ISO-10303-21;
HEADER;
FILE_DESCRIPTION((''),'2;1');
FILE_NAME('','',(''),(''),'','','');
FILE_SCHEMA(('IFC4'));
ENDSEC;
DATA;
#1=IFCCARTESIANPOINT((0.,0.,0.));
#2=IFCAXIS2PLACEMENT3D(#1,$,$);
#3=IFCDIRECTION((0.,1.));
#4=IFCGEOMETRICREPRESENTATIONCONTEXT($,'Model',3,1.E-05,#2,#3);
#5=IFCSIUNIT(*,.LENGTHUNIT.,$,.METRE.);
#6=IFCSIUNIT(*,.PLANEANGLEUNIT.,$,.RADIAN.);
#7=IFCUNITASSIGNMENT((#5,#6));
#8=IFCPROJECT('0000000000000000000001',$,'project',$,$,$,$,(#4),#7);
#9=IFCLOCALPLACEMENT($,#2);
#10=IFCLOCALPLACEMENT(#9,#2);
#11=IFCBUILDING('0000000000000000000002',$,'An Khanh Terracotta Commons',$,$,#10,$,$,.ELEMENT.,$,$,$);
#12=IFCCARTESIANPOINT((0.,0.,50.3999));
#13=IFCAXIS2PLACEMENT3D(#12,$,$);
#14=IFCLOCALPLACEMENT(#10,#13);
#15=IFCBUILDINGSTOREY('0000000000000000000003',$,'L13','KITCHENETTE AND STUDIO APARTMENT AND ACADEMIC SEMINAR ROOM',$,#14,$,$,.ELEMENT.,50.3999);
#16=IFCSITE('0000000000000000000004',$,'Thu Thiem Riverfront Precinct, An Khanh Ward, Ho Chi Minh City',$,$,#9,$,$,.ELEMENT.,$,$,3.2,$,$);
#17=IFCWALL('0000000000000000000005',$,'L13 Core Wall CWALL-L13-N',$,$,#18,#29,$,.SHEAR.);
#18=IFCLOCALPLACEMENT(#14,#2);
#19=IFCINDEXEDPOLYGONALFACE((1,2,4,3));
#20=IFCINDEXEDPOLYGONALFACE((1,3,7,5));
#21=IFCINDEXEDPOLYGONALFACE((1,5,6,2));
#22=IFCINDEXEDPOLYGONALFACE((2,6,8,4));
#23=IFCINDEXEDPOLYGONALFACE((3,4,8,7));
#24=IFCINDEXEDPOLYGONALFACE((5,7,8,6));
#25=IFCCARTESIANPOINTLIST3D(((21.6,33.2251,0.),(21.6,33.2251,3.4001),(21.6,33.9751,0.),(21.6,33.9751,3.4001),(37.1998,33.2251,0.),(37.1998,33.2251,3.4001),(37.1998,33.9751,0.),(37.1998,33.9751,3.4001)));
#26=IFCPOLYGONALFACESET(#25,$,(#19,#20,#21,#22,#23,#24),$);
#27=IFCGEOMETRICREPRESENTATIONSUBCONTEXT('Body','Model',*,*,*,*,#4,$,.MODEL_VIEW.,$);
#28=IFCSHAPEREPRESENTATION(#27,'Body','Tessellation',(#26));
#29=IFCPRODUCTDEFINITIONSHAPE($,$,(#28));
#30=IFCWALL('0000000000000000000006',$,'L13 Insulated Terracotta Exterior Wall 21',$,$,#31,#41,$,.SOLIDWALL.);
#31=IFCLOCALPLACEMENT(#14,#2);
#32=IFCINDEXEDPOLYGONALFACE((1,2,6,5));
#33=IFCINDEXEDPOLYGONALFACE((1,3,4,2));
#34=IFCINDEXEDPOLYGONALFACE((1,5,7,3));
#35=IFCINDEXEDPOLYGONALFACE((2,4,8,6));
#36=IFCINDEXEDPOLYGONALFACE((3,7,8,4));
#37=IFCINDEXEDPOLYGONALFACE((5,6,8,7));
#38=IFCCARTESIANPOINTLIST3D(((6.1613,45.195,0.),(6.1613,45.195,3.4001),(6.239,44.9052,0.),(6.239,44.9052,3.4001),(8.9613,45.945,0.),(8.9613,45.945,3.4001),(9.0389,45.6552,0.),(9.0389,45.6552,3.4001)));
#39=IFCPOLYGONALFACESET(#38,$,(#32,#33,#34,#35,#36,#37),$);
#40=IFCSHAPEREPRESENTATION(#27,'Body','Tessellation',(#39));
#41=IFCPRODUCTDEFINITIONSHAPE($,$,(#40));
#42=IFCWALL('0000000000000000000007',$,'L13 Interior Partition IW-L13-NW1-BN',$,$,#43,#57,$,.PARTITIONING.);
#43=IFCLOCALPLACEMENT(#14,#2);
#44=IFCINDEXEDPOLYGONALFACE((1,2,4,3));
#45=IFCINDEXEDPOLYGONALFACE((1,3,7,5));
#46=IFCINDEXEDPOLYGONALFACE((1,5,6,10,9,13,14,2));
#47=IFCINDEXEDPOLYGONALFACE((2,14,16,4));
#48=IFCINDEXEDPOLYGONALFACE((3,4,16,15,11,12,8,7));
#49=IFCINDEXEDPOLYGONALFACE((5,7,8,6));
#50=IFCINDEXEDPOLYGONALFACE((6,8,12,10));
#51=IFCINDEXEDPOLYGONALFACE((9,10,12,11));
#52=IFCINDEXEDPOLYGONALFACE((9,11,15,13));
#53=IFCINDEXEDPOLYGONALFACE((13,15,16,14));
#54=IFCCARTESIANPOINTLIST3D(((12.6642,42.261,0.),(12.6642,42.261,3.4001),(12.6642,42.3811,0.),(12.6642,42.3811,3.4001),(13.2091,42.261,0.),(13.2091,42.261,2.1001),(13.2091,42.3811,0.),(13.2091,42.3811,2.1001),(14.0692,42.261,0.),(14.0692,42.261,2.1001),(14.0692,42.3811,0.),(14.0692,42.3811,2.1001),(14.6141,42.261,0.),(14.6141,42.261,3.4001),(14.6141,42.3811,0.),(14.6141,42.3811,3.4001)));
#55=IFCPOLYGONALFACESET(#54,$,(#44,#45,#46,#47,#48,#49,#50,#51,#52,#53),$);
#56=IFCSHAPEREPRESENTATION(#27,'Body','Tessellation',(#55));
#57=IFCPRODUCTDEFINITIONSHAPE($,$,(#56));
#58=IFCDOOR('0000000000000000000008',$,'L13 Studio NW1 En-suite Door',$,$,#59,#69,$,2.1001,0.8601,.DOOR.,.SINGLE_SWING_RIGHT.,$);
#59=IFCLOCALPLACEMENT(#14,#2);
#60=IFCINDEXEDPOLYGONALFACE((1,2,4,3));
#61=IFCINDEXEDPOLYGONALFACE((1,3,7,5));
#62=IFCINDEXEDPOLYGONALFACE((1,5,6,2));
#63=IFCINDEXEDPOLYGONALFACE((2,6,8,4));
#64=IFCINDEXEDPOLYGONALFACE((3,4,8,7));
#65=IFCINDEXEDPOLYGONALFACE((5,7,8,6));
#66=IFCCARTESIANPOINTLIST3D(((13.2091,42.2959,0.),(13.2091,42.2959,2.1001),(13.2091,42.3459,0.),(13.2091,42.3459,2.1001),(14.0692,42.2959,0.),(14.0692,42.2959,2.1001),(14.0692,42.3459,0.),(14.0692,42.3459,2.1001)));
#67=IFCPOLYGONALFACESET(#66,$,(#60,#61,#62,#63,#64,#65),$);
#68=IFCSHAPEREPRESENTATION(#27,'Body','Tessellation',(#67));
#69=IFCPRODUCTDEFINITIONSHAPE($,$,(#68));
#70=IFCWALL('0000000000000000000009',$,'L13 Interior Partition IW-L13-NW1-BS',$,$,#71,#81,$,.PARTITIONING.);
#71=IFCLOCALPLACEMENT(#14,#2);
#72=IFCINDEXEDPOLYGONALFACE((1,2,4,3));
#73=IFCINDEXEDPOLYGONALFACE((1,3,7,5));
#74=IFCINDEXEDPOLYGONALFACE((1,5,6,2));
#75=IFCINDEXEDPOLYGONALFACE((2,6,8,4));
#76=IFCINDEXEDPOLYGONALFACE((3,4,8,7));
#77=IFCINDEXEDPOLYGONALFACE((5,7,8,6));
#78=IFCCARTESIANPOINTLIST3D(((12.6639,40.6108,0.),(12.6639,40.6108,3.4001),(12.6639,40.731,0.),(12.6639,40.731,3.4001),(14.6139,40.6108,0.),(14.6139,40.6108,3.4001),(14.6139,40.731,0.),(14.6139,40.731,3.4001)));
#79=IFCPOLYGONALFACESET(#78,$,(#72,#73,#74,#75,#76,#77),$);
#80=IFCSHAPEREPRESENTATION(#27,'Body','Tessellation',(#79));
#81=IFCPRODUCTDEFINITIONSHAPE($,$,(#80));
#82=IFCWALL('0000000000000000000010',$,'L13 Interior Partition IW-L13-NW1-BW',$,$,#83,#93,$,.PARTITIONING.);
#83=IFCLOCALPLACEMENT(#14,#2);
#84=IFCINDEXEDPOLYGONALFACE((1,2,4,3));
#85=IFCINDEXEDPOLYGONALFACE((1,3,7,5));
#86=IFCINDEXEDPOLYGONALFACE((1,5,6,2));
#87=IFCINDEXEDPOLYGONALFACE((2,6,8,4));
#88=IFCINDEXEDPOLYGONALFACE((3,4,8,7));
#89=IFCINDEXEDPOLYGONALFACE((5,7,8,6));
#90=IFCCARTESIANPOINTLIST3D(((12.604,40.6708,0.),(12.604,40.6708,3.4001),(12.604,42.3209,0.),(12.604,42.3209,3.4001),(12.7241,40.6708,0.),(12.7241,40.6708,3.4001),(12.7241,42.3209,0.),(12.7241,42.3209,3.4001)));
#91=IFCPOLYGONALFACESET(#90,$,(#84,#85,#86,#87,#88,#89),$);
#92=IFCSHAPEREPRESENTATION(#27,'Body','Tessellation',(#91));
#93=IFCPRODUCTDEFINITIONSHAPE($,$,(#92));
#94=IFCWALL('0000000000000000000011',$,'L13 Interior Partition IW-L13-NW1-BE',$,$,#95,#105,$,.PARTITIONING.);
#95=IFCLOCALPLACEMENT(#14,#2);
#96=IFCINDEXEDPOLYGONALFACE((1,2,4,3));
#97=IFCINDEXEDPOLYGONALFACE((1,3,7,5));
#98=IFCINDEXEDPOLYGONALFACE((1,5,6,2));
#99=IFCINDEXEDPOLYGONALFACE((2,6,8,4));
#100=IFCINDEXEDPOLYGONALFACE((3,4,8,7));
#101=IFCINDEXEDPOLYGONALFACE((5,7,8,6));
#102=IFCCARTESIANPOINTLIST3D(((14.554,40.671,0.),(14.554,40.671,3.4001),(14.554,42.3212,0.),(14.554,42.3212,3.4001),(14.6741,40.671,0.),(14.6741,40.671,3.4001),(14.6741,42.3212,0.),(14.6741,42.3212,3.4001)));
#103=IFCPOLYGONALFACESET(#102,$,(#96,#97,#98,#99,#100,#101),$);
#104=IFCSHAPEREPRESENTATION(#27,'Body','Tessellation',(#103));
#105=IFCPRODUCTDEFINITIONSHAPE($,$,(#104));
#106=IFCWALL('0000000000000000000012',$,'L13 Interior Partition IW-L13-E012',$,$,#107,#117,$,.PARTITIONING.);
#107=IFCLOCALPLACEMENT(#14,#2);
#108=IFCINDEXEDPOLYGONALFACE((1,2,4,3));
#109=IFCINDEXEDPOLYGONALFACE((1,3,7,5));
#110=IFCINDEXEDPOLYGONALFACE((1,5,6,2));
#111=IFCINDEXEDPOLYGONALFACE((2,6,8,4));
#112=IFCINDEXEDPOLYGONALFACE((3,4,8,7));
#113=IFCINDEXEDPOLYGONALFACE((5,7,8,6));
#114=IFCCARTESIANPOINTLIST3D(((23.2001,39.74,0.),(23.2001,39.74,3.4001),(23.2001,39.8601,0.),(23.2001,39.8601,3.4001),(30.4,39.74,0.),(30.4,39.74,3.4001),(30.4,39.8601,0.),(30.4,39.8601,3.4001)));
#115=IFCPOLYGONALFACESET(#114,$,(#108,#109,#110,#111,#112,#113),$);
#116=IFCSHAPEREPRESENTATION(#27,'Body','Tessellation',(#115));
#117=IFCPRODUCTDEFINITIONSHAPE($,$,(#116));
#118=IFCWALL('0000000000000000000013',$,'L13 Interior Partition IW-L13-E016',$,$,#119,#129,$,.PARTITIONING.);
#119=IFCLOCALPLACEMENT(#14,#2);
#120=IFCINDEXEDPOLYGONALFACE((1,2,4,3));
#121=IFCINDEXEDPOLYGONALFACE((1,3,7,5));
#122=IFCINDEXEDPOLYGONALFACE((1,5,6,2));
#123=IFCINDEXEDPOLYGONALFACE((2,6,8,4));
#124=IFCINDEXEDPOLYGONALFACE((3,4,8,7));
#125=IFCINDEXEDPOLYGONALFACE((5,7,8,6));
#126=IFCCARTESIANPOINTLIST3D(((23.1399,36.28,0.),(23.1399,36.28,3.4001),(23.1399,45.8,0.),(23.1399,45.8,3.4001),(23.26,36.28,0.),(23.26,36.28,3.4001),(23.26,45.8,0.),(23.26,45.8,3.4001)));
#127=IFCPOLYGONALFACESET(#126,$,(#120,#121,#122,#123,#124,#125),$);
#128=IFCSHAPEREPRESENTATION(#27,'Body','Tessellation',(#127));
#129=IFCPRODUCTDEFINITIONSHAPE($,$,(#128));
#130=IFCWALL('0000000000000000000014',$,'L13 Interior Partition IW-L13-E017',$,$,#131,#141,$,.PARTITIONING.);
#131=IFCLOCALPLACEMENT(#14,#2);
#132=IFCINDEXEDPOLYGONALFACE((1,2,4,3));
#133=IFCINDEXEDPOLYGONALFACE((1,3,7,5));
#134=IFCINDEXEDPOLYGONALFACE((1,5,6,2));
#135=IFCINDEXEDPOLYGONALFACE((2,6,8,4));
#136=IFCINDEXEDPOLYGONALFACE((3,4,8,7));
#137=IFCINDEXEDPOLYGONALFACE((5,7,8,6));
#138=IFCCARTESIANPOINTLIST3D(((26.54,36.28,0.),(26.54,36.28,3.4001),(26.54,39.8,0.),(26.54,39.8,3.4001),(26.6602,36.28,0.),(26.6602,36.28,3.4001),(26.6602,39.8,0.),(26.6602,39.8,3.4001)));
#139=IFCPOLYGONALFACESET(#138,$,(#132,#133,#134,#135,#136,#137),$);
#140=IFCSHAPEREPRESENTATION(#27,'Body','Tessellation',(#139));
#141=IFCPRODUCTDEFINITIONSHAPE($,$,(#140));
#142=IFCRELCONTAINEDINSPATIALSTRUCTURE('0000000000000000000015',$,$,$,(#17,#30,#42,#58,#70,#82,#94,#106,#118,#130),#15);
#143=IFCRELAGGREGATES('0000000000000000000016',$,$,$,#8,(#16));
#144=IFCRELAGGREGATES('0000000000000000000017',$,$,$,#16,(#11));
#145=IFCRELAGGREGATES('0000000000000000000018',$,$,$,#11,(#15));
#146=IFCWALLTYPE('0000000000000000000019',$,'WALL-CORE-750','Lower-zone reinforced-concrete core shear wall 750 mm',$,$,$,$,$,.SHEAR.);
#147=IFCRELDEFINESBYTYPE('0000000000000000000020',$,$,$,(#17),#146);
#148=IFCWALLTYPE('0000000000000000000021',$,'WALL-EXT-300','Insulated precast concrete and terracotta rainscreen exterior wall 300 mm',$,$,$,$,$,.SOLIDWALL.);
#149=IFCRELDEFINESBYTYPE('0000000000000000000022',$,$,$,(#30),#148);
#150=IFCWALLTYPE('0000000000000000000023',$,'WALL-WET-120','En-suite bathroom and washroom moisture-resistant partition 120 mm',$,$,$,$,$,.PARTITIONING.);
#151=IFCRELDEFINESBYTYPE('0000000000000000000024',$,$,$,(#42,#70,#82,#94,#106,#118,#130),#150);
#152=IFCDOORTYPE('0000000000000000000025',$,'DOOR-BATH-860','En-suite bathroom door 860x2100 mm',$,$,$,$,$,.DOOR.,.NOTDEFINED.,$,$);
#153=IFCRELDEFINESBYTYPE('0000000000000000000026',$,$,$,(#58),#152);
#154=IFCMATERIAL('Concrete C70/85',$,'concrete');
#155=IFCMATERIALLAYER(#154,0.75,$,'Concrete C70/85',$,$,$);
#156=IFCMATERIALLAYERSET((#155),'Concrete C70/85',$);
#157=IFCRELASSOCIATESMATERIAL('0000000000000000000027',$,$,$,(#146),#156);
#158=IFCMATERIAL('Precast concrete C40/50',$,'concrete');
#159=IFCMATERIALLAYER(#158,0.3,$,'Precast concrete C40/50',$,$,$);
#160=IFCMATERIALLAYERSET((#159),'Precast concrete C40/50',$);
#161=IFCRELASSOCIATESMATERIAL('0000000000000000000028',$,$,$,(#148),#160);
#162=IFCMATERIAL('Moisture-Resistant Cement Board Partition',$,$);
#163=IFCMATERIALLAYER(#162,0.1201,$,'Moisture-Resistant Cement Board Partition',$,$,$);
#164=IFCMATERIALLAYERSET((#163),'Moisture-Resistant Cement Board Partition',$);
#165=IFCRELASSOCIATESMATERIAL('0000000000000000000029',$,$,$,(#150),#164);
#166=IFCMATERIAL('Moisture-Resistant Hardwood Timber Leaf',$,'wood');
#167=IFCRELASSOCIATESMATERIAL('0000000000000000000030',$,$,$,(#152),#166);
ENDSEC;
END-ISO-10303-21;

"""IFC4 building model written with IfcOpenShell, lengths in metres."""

from ifc_helpers import new_model, si_unit, direction, frame, frame_2d, origin, place, context, subcontext, project, spatial, rectangle, extrude, material, layer, layer_set, type_object, element, fill, save


model = new_model("IFC4")

# Units and contexts
model_context = context("Model", 3, precision=1e-05, world=origin(), true_north=direction((0.0, 1.0)))
body_context = subcontext(model_context, "Body", "Model", "MODEL_VIEW")
ifc_project = project(units=[si_unit("LENGTHUNIT", "METRE"), si_unit("PLANEANGLEUNIT", "RADIAN")], contexts=[model_context])

# Site, building, storey
site_placement = place(None, origin())
site = spatial("IfcSite", under=ifc_project, at=site_placement, Name="Thu Thiem Riverfront Precinct, An Khanh Ward, Ho Chi Minh City", CompositionType="ELEMENT", RefElevation=3.2)
building_placement = place(site_placement, origin())
building = spatial("IfcBuilding", under=site, at=building_placement, Name="An Khanh Terracotta Commons", CompositionType="ELEMENT")
storey_placement = place(building_placement, frame((0.0, 0.0, 50.3999)))
storey = spatial("IfcBuildingStorey", under=building, at=storey_placement, Name="L13", Description="KITCHENETTE AND STUDIO APARTMENT AND ACADEMIC SEMINAR ROOM", CompositionType="ELEMENT", Elevation=50.3999)

# Walls
ifc_material_1 = material(Name="Concrete C70/85", Category="concrete")
ifc_layer_1 = layer(ifc_material_1, 0.75, Name="Concrete C70/85")
ifc_layer_set_1 = layer_set([ifc_layer_1], Name="Concrete C70/85")
wall_type_1 = type_object("IfcWallType", Name="WALL-CORE-750", Description="Lower-zone reinforced-concrete core shear wall 750 mm", PredefinedType="SHEAR", material=ifc_layer_set_1)
wall_1_placement = place(storey_placement, frame((21.6001, 33.6001, 0.0), z_axis=(0.0, 0.0, 1.0), x_axis=(1.0, 0.0, 0.0)))
element("IfcWall", 1, at=wall_1_placement, inside=storey, type_object=wall_type_1, Name="L13 Core Wall CWALL-L13-N", PredefinedType="SHEAR", context=body_context, shape_type="SweptSolid", body=[
    extrude(rectangle(XDim=15.5999, YDim=0.75, at=frame_2d((7.7998, 0.0))), origin(), (0.0, 0.0, 1.0), 3.4001),
])
ifc_material_2 = material(Name="Precast concrete C40/50", Category="concrete")
ifc_layer_2 = layer(ifc_material_2, 0.3, Name="Precast concrete C40/50")
ifc_layer_set_2 = layer_set([ifc_layer_2], Name="Precast concrete C40/50")
wall_type_2 = type_object("IfcWallType", Name="WALL-EXT-300", Description="Insulated precast concrete and terracotta rainscreen exterior wall 300 mm", PredefinedType="SOLIDWALL", material=ifc_layer_set_2)
wall_2_placement = place(storey_placement, frame((9.0, 45.8, 0.0), z_axis=(0.0, 0.0, 1.0), x_axis=(-0.965949, -0.258732, 0.0)))
element("IfcWall", 2, at=wall_2_placement, inside=storey, type_object=wall_type_2, Name="L13 Insulated Terracotta Exterior Wall 21", PredefinedType="SOLIDWALL", context=body_context, shape_type="SweptSolid", body=[
    extrude(rectangle(XDim=2.8987, YDim=0.3, at=frame_2d((1.4492, 0.0))), origin(), (0.0, 0.0, 1.0), 3.4001),
])

# Wall, opening, door
ifc_material_3 = material(Name="Moisture-Resistant Cement Board Partition")
ifc_layer_3 = layer(ifc_material_3, 0.1201, Name="Moisture-Resistant Cement Board Partition")
ifc_layer_set_3 = layer_set([ifc_layer_3], Name="Moisture-Resistant Cement Board Partition")
wall_type_3 = type_object("IfcWallType", Name="WALL-WET-120", Description="En-suite bathroom and washroom moisture-resistant partition 120 mm", PredefinedType="PARTITIONING", material=ifc_layer_set_3)
wall_3_placement = place(storey_placement, frame((12.6641, 42.321, 0.0), z_axis=(0.0, 0.0, 1.0), x_axis=(1.0, 0.0, 0.0)))
wall_3 = element("IfcWall", 3, at=wall_3_placement, inside=storey, type_object=wall_type_3, Name="L13 Interior Partition IW-L13-NW1-BN", PredefinedType="PARTITIONING", context=body_context, shape_type="SweptSolid", body=[
    extrude(rectangle(XDim=1.95, YDim=0.1201, at=frame_2d((0.9751, 0.0))), origin(), (0.0, 0.0, 1.0), 3.4001),
])
opening_placement = place(wall_3_placement, frame((0.5449, 0.0, 0.0)))
opening = element("IfcOpeningElement", 4, at=opening_placement, cuts=wall_3, PredefinedType="OPENING", context=body_context, shape_type="SweptSolid", body=[
    extrude(rectangle(XDim=0.8601, YDim=2.1001, at=frame_2d((0.4302, 1.05))), frame((0.0, 0.0701, 0.0), z_axis=(0.0, -1.0, 0.0), x_axis=(1.0, 0.0, 0.0)), (0.0, 0.0, 1.0), 0.1401),
])
ifc_material_4 = material(Name="Moisture-Resistant Hardwood Timber Leaf", Category="wood")
door_type = type_object("IfcDoorType", Name="DOOR-BATH-860", Description="En-suite bathroom door 860x2100 mm", OperationType="NOTDEFINED", PredefinedType="DOOR", material=ifc_material_4)
door_placement = place(opening_placement, origin())
door = element("IfcDoor", 5, at=door_placement, inside=storey, type_object=door_type, Name="L13 Studio NW1 En-suite Door", OperationType="SINGLE_SWING_RIGHT", OverallHeight=2.1001, OverallWidth=0.8601, PredefinedType="DOOR", context=body_context, shape_type="SweptSolid", body=[
    extrude(rectangle(XDim=0.8601, YDim=2.1001, at=frame_2d((0.4302, 1.05))), frame((0.0, 0.0249, 0.0), z_axis=(0.0, -1.0, 0.0), x_axis=(1.0, 0.0, 0.0)), (0.0, 0.0, 1.0), 0.05),
])
fill(opening, door)

# Walls
wall_4_placement = place(storey_placement, frame((14.614, 40.6709, 0.0), z_axis=(0.0, 0.0, 1.0), x_axis=(-1.0, 0.0, 0.0)))
element("IfcWall", 6, at=wall_4_placement, inside=storey, type_object=wall_type_3, Name="L13 Interior Partition IW-L13-NW1-BS", PredefinedType="PARTITIONING", context=body_context, shape_type="SweptSolid", body=[
    extrude(rectangle(XDim=1.95, YDim=0.1201, at=frame_2d((0.9751, 0.0))), origin(), (0.0, 0.0, 1.0), 3.4001),
])
for number, where, z_axis, x_axis, name in (
    (7, (12.6641, 42.321, 0.0), (0.0, 0.0, 1.0), (0.0, -1.0, 0.0), "L13 Interior Partition IW-L13-NW1-BW"),
    (8, (14.614, 40.6709, 0.0), (0.0, 0.0, 1.0), (0.0, 1.0, 0.0), "L13 Interior Partition IW-L13-NW1-BE"),
):
    element("IfcWall", number, at=place(storey_placement, frame(where, z_axis=z_axis, x_axis=x_axis)), inside=storey, type_object=wall_type_3, Name=name, PredefinedType="PARTITIONING", context=body_context, shape_type="SweptSolid", body=[
        extrude(rectangle(XDim=1.6501, YDim=0.1201, at=frame_2d((0.8252, 0.0))), origin(), (0.0, 0.0, 1.0), 3.4001),
    ])
wall_5_placement = place(storey_placement, frame((23.2, 39.8, 0.0), z_axis=(0.0, 0.0, 1.0), x_axis=(1.0, 0.0, 0.0)))
element("IfcWall", 9, at=wall_5_placement, inside=storey, type_object=wall_type_3, Name="L13 Interior Partition IW-L13-E012", PredefinedType="PARTITIONING", context=body_context, shape_type="SweptSolid", body=[
    extrude(rectangle(XDim=7.2, YDim=0.1201, at=frame_2d((3.6001, 0.0))), origin(), (0.0, 0.0, 1.0), 3.4001),
])
wall_6_placement = place(storey_placement, frame((23.2, 36.28, 0.0), z_axis=(0.0, 0.0, 1.0), x_axis=(0.0, 1.0, 0.0)))
element("IfcWall", 10, at=wall_6_placement, inside=storey, type_object=wall_type_3, Name="L13 Interior Partition IW-L13-E016", PredefinedType="PARTITIONING", context=body_context, shape_type="SweptSolid", body=[
    extrude(rectangle(XDim=9.52, YDim=0.1201, at=frame_2d((4.76, 0.0))), origin(), (0.0, 0.0, 1.0), 3.4001),
])
wall_7_placement = place(storey_placement, frame((26.6001, 36.28, 0.0), z_axis=(0.0, 0.0, 1.0), x_axis=(0.0, 1.0, 0.0)))
element("IfcWall", 11, at=wall_7_placement, inside=storey, type_object=wall_type_3, Name="L13 Interior Partition IW-L13-E017", PredefinedType="PARTITIONING", context=body_context, shape_type="SweptSolid", body=[
    extrude(rectangle(XDim=3.52, YDim=0.1201, at=frame_2d((1.76, 0.0))), origin(), (0.0, 0.0, 1.0), 3.4001),
])

save(model, "model.ifc")
